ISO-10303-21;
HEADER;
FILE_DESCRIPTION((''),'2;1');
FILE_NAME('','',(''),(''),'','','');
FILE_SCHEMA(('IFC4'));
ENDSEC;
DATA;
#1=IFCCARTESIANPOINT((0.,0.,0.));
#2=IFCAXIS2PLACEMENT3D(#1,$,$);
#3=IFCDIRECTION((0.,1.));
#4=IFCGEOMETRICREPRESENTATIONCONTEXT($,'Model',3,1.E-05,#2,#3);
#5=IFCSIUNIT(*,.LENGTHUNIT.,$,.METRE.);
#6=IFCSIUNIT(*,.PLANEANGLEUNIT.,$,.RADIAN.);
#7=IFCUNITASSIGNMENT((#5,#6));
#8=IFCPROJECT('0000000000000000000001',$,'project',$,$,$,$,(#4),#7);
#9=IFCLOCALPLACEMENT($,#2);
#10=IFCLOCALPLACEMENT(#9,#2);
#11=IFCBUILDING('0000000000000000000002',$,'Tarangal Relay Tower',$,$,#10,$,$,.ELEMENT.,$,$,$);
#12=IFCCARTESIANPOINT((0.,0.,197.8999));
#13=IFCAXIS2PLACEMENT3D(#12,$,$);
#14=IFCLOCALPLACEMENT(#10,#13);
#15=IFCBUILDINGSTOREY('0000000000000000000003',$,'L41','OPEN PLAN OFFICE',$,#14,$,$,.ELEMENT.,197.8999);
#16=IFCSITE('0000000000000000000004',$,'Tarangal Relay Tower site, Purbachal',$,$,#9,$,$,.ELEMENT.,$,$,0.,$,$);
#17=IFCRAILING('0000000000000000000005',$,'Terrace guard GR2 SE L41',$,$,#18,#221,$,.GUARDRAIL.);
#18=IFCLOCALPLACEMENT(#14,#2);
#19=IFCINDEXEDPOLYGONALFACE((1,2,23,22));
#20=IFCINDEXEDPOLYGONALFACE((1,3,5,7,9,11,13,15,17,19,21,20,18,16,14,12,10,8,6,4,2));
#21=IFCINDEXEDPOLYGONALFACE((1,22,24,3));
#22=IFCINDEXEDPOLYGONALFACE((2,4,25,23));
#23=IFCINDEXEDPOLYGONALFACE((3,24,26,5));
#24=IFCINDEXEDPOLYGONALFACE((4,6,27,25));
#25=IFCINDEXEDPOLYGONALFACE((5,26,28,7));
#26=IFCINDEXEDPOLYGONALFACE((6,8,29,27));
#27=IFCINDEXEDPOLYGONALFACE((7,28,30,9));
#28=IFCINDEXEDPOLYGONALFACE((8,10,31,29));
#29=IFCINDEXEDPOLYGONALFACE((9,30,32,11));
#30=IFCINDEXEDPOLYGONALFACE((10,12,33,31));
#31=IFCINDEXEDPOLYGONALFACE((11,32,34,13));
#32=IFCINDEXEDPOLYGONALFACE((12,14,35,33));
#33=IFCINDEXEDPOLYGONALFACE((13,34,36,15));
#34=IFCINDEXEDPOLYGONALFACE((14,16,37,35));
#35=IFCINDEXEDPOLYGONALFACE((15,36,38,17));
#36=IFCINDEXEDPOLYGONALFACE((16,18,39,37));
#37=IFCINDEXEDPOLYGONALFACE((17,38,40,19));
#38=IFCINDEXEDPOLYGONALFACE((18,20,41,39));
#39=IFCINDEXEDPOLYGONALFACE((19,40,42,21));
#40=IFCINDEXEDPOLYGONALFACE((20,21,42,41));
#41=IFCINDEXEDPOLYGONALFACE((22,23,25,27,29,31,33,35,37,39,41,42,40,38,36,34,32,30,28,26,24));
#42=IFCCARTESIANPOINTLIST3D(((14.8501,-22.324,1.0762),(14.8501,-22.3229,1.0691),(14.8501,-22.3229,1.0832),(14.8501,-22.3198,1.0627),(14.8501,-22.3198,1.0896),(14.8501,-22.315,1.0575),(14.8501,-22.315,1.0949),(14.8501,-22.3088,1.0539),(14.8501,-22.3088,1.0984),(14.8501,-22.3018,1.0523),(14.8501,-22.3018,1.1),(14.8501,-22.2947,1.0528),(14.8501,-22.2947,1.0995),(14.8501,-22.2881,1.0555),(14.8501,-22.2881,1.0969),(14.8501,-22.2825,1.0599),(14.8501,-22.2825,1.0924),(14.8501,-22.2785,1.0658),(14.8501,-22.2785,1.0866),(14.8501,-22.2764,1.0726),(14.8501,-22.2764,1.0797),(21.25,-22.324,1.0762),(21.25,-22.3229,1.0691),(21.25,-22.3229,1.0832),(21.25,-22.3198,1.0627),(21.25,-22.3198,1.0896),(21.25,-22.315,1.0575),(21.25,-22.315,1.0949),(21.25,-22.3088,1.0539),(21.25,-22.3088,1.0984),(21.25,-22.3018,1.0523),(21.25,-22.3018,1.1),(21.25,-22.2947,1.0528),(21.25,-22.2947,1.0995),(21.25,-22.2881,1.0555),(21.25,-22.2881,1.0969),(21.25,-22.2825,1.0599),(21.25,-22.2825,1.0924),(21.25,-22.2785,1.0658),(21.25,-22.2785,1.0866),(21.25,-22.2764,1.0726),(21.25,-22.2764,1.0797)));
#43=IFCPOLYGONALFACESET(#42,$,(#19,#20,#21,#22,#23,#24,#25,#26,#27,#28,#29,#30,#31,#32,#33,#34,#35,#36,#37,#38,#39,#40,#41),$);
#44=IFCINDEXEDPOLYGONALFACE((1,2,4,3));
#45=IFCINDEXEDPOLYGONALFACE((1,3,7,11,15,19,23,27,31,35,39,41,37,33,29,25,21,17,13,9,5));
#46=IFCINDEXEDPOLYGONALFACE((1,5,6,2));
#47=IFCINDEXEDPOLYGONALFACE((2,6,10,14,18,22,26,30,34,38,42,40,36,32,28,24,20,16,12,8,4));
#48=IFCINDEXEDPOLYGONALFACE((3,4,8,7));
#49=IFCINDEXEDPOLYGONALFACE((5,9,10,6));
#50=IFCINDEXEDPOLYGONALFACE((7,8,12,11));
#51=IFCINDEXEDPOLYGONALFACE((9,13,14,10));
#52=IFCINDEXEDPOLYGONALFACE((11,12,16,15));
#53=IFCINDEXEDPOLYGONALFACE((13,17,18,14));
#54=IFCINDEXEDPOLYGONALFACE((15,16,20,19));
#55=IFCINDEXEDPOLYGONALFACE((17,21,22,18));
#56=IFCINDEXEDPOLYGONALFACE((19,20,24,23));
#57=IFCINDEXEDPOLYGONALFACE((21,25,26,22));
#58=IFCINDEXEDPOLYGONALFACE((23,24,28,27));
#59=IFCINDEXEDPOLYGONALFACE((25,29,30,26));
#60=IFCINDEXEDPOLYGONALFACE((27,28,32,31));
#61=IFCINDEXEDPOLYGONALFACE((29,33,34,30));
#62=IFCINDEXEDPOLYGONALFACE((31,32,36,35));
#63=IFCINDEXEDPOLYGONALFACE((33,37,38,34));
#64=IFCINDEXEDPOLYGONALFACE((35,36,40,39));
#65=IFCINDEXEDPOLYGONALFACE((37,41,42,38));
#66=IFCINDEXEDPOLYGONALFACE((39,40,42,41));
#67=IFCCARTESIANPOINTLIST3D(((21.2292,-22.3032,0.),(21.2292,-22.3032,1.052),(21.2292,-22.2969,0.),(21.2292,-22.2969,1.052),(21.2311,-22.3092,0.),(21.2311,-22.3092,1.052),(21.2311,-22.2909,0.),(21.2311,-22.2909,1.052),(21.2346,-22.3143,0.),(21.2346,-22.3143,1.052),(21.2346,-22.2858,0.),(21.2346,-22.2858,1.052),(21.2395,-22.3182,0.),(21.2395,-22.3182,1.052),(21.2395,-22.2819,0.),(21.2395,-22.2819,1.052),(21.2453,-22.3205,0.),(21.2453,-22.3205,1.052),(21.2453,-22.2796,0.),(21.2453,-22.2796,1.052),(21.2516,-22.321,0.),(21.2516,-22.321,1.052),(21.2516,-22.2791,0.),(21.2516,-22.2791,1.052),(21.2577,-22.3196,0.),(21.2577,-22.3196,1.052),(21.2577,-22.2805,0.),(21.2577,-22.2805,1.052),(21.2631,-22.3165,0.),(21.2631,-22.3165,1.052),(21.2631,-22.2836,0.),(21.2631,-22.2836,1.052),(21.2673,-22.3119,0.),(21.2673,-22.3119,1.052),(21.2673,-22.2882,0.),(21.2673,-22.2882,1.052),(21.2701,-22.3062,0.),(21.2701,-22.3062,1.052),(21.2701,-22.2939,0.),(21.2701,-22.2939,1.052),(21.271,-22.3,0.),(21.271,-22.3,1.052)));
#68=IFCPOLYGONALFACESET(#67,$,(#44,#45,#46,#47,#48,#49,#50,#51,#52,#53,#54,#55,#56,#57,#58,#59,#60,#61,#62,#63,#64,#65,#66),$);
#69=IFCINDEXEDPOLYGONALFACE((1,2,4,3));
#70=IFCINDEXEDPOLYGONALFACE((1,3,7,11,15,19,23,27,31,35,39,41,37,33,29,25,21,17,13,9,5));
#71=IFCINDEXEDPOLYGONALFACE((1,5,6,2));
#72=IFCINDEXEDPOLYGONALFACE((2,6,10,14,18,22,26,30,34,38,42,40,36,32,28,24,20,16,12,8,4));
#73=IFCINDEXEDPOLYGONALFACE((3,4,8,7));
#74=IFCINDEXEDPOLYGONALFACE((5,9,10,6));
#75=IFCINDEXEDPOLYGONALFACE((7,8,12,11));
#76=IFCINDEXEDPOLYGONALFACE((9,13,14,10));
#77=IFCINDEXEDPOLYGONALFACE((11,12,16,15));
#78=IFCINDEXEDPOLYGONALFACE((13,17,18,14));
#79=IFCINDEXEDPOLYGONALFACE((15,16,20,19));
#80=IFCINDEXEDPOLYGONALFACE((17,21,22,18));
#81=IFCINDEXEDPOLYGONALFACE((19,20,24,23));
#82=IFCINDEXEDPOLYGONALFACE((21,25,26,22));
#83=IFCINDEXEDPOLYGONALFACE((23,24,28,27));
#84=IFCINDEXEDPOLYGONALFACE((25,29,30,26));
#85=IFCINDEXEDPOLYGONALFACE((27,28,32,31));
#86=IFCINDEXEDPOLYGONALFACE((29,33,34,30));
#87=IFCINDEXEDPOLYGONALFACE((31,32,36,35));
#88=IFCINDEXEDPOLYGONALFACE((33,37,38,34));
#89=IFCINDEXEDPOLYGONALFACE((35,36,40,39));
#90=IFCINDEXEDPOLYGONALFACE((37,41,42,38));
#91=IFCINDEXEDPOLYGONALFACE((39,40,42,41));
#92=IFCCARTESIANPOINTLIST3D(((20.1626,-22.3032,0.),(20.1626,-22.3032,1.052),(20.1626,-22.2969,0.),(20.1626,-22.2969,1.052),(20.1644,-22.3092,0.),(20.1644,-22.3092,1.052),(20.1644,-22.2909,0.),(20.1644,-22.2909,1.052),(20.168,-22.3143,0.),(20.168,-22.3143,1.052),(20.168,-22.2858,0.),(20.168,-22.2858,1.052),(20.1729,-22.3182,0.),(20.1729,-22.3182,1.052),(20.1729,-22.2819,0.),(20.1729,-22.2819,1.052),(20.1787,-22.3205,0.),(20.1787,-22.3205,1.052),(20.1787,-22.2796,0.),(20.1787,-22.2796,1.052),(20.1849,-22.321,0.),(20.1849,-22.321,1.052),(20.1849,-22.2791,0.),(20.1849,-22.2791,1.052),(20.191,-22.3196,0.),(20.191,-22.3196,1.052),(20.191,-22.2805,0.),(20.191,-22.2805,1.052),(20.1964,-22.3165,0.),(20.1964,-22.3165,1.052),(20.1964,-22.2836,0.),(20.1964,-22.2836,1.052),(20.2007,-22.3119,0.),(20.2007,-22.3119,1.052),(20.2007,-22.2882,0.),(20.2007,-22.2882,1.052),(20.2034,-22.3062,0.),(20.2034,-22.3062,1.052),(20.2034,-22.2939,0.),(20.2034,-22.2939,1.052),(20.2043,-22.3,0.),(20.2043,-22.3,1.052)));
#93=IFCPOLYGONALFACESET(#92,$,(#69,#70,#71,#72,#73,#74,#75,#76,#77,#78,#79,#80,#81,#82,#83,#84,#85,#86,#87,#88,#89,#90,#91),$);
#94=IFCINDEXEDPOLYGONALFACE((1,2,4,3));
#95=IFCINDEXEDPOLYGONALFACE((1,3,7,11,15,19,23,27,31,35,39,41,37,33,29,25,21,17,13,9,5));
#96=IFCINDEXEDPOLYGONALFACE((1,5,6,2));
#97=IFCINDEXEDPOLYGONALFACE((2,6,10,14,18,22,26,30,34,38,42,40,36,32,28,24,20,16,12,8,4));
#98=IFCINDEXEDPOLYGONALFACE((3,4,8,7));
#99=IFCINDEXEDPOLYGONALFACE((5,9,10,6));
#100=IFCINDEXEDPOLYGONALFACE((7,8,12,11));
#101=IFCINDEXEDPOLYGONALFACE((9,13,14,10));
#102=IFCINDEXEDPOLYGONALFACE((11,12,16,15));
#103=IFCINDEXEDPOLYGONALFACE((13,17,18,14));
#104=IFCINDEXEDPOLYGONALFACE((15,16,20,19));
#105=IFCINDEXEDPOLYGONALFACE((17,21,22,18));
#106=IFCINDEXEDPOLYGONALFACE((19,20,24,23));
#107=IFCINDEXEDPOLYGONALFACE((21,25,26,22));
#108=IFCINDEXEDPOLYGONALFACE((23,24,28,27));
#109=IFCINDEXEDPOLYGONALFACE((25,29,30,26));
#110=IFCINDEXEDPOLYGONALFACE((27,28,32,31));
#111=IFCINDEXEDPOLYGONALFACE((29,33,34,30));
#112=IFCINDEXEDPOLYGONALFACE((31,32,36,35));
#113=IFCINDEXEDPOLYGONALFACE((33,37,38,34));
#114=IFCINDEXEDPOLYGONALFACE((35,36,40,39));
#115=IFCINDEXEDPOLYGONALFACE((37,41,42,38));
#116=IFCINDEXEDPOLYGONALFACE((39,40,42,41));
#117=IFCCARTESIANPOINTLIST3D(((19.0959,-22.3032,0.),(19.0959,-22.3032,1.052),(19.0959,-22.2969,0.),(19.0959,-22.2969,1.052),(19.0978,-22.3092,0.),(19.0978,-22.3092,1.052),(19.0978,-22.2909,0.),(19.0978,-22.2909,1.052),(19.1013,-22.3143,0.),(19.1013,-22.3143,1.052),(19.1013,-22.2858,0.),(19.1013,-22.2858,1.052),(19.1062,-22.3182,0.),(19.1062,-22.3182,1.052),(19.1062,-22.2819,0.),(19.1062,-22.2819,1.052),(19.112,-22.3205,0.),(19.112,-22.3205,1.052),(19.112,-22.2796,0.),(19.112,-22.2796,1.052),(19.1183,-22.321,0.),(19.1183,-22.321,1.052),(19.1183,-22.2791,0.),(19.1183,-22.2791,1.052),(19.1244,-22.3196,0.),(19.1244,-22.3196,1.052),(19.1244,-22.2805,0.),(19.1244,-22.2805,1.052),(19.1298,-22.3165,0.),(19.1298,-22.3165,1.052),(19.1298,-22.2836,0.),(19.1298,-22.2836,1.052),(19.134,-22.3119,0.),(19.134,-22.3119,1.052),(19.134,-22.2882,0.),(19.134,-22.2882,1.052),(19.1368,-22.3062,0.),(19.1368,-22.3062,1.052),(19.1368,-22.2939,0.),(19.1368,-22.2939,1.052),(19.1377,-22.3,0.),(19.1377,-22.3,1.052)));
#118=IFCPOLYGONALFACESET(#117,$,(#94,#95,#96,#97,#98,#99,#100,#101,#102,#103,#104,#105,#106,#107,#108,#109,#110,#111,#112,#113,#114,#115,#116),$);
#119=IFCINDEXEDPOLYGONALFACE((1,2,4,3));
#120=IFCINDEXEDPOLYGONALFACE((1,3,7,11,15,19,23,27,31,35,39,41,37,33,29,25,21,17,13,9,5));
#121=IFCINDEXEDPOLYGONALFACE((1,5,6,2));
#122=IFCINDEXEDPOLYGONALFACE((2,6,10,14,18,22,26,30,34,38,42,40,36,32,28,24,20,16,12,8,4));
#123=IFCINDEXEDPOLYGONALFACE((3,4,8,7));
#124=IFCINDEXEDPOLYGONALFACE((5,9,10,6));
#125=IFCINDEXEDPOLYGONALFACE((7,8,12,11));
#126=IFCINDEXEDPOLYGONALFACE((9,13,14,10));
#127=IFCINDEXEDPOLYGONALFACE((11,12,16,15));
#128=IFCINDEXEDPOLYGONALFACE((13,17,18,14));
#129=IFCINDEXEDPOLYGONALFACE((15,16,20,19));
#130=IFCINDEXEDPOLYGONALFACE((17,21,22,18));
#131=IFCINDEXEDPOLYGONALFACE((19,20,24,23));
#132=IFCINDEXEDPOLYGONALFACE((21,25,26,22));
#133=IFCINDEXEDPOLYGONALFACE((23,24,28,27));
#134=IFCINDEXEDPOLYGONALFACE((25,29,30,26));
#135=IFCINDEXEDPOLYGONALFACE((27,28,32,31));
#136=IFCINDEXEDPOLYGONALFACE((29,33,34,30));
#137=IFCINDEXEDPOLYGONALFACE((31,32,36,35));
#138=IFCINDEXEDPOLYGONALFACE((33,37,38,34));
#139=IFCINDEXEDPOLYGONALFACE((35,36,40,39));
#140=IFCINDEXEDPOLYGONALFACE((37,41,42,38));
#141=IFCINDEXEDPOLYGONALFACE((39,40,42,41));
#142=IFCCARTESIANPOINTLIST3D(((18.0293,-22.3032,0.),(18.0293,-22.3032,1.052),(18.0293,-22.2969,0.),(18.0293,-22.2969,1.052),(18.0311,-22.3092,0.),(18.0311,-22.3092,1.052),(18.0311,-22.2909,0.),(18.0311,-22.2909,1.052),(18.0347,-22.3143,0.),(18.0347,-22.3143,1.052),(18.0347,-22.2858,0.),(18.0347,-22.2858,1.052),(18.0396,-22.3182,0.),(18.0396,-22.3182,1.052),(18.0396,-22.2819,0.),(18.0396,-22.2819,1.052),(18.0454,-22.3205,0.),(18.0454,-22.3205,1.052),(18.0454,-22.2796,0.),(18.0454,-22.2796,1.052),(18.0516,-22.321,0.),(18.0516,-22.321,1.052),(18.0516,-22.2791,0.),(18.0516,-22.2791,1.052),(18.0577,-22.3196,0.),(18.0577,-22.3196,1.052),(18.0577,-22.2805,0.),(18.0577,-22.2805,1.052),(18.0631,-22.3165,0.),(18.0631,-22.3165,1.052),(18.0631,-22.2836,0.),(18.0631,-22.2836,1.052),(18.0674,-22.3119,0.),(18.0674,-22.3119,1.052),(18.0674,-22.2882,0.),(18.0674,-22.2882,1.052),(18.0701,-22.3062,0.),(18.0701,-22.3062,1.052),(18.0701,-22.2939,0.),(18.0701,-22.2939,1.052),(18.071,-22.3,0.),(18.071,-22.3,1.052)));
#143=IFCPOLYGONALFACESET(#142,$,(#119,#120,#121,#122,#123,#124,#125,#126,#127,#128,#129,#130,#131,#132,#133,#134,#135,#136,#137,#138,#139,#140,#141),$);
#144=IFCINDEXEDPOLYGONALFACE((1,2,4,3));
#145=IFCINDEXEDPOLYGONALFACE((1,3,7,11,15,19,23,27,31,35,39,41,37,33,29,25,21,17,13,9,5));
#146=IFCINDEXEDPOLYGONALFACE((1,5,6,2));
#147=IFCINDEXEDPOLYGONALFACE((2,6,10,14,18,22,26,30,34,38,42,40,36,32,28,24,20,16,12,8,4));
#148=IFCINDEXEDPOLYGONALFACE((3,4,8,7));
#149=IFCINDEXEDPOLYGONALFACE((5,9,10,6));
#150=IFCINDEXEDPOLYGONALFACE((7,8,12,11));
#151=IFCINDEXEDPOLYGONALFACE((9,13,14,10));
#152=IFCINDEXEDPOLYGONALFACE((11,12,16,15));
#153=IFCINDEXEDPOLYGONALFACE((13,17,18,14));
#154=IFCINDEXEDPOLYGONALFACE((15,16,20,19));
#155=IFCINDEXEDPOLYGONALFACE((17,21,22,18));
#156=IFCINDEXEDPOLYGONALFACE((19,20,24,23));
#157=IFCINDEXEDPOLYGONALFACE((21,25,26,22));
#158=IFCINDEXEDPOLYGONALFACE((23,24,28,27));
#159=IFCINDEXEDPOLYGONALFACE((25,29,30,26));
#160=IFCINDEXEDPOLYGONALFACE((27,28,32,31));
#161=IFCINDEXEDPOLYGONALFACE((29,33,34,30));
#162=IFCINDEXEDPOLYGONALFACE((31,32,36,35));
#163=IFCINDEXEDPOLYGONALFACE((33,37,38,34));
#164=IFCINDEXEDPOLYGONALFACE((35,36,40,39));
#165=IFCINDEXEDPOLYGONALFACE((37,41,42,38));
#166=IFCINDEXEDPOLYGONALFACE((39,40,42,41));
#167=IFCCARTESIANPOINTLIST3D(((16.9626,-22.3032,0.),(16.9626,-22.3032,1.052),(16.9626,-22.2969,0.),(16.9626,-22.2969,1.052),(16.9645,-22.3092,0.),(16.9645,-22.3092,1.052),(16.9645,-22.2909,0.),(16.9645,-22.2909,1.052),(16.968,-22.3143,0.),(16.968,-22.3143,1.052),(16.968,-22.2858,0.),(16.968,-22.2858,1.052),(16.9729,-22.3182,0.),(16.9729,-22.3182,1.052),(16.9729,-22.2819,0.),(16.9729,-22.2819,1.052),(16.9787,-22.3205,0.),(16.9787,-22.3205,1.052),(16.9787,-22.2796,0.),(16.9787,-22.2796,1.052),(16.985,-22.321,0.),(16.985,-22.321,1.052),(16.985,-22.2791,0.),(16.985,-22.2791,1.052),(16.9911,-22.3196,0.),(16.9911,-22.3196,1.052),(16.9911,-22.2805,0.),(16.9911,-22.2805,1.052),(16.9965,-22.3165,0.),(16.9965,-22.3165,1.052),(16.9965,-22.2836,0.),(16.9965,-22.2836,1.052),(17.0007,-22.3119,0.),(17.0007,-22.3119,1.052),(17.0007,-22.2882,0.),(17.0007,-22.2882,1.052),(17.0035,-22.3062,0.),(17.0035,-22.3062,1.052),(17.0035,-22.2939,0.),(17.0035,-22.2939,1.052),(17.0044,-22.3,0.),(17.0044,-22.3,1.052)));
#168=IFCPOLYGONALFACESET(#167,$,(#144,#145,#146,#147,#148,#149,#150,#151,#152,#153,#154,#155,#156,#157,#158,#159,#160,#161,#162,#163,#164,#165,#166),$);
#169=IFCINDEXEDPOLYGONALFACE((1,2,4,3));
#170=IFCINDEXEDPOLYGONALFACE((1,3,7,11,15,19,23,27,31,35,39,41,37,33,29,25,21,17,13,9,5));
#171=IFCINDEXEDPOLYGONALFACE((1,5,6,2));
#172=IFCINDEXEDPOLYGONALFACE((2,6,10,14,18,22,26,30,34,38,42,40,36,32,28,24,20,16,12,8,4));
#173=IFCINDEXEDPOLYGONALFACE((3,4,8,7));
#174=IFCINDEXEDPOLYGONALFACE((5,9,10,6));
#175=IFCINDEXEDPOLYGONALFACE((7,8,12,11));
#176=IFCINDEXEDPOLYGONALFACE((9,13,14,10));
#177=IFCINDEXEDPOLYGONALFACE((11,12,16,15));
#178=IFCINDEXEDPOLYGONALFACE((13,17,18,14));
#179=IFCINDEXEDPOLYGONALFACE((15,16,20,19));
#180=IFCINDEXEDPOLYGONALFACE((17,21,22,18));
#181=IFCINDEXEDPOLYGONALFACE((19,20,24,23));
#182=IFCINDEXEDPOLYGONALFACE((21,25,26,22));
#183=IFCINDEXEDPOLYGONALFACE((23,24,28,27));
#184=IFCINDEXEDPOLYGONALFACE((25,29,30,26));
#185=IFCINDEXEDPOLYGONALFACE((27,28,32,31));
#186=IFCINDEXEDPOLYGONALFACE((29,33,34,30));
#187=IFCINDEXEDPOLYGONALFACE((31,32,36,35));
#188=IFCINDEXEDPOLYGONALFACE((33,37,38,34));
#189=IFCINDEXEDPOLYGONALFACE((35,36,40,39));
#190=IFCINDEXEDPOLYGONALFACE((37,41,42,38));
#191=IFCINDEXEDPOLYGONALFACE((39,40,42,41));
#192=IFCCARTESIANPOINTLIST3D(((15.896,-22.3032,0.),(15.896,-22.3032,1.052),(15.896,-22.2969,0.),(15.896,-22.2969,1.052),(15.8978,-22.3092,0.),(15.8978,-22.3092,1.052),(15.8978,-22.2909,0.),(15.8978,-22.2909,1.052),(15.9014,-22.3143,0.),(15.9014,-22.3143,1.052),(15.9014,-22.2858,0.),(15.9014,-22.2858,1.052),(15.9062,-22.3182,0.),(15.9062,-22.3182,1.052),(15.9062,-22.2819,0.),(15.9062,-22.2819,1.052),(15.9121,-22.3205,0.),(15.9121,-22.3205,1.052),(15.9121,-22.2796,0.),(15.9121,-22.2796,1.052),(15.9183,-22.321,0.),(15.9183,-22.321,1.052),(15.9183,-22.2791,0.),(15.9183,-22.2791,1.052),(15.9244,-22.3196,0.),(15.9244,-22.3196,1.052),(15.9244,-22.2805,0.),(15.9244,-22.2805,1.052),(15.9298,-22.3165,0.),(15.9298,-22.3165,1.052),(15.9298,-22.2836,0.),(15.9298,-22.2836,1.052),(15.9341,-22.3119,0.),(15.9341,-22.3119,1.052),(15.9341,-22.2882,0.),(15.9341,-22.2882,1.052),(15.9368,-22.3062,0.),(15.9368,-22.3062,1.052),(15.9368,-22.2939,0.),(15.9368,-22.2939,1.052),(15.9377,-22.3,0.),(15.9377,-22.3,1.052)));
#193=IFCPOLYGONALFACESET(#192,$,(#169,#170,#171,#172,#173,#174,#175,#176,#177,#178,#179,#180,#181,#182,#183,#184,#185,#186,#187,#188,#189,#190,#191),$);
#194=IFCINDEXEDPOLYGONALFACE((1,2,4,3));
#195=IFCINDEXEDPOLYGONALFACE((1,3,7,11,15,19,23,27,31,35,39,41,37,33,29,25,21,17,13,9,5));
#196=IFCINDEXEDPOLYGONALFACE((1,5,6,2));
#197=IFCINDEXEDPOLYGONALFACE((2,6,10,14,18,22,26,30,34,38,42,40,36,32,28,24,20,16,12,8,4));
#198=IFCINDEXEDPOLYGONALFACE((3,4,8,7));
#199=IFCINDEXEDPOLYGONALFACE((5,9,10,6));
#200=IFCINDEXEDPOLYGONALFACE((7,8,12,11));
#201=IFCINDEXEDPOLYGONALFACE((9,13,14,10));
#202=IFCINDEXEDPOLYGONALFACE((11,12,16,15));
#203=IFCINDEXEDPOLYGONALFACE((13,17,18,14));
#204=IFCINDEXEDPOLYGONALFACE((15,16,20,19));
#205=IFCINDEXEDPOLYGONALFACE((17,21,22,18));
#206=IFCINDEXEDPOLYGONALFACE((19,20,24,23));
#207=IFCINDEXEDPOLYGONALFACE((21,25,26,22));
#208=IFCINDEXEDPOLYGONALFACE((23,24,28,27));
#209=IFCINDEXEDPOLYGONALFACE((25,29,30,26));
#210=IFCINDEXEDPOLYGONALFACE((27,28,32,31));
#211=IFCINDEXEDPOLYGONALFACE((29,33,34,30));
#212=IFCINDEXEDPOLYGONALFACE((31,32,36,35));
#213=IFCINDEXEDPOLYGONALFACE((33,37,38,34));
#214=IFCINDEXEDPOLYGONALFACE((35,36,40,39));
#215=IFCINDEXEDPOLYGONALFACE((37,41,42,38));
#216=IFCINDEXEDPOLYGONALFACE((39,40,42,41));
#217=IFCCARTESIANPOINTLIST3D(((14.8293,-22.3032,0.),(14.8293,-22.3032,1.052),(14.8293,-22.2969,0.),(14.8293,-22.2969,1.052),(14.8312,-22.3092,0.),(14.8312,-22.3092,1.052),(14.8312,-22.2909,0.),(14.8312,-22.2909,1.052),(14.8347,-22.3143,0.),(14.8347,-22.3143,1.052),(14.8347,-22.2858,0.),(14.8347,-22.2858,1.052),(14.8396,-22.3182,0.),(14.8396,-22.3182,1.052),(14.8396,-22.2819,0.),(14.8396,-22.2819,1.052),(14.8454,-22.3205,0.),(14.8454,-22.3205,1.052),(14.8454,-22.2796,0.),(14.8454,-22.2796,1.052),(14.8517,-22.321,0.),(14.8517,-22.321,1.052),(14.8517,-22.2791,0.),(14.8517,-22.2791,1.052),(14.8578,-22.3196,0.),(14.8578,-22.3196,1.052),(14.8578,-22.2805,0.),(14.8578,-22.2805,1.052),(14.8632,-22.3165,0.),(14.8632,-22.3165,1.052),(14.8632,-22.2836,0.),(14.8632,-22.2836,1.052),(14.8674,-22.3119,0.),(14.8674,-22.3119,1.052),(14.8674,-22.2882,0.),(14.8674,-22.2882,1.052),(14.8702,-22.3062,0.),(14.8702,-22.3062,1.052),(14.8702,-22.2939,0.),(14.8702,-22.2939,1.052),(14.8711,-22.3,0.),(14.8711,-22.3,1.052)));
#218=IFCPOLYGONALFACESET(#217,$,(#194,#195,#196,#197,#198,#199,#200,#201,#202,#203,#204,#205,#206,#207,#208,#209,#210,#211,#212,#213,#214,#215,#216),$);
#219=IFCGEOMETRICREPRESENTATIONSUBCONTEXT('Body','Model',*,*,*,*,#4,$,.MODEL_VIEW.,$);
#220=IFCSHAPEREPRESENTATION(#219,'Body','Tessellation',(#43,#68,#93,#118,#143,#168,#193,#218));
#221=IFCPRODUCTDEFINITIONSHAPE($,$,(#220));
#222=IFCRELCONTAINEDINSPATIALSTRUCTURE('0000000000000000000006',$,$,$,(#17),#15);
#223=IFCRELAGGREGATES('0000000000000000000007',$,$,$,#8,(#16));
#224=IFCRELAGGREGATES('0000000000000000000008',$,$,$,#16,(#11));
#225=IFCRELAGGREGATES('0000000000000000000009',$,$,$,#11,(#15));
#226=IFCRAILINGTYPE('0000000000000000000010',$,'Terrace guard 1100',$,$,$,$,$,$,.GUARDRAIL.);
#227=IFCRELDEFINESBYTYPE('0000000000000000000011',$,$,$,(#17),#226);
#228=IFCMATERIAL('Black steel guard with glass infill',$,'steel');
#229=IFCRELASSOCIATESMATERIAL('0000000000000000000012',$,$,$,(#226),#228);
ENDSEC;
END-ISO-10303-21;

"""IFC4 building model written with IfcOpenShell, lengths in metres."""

from ifc_helpers import new_model, si_unit, direction, frame, origin, origin_2d, place, context, subcontext, project, spatial, circle, extrude, material, type_object, element, save


model = new_model("IFC4")

# Units and contexts
model_context = context("Model", 3, precision=1e-05, world=origin(), true_north=direction((0.0, 1.0)))
body_context = subcontext(model_context, "Body", "Model", "MODEL_VIEW")
ifc_project = project(units=[si_unit("LENGTHUNIT", "METRE"), si_unit("PLANEANGLEUNIT", "RADIAN")], contexts=[model_context])

# Site, building, storey
site_placement = place(None, origin())
site = spatial("IfcSite", under=ifc_project, at=site_placement, Name="Tarangal Relay Tower site, Purbachal", CompositionType="ELEMENT", RefElevation=0.0)
building_placement = place(site_placement, origin())
building = spatial("IfcBuilding", under=site, at=building_placement, Name="Tarangal Relay Tower", CompositionType="ELEMENT")
storey_placement = place(building_placement, frame((0.0, 0.0, 197.8999)))
storey = spatial("IfcBuildingStorey", under=building, at=storey_placement, Name="L41", Description="OPEN PLAN OFFICE", CompositionType="ELEMENT", Elevation=197.8999)

# Railing
ifc_material_1 = material(Name="Black steel guard with glass infill", Category="steel")
railing_type = type_object("IfcRailingType", Name="Terrace guard 1100", PredefinedType="GUARDRAIL", material=ifc_material_1)
railing_1_placement = place(storey_placement, frame((21.25, -22.3, 0.0)))
element("IfcRailing", 1, at=railing_1_placement, inside=storey, type_object=railing_type, Name="Terrace guard GR2 SE L41", PredefinedType="GUARDRAIL", context=body_context, shape_type="SweptSolid", body=[
    extrude(circle(Radius=0.0239, at=origin_2d()), frame((0.0, 0.0, 1.0762), z_axis=(-1.0, 0.0, 0.0), x_axis=(0.0, -1.0, 0.0)), (0.0, 0.0, 1.0), 6.3999),
    extrude(circle(Radius=0.021, at=origin_2d()), origin(), (0.0, 0.0, 1.0), 1.052),
    extrude(circle(Radius=0.021, at=origin_2d()), frame((-1.0667, 0.0, 0.0)), (0.0, 0.0, 1.0), 1.052),
    extrude(circle(Radius=0.021, at=origin_2d()), frame((-2.1333, 0.0, 0.0)), (0.0, 0.0, 1.0), 1.052),
    extrude(circle(Radius=0.021, at=origin_2d()), frame((-3.2, 0.0, 0.0)), (0.0, 0.0, 1.0), 1.052),
    extrude(circle(Radius=0.021, at=origin_2d()), frame((-4.2666, 0.0, 0.0)), (0.0, 0.0, 1.0), 1.052),
    extrude(circle(Radius=0.021, at=origin_2d()), frame((-5.3333, 0.0, 0.0)), (0.0, 0.0, 1.0), 1.052),
    extrude(circle(Radius=0.021, at=origin_2d()), frame((-6.3999, 0.0, 0.0)), (0.0, 0.0, 1.0), 1.052),
])

save(model, "model.ifc")
